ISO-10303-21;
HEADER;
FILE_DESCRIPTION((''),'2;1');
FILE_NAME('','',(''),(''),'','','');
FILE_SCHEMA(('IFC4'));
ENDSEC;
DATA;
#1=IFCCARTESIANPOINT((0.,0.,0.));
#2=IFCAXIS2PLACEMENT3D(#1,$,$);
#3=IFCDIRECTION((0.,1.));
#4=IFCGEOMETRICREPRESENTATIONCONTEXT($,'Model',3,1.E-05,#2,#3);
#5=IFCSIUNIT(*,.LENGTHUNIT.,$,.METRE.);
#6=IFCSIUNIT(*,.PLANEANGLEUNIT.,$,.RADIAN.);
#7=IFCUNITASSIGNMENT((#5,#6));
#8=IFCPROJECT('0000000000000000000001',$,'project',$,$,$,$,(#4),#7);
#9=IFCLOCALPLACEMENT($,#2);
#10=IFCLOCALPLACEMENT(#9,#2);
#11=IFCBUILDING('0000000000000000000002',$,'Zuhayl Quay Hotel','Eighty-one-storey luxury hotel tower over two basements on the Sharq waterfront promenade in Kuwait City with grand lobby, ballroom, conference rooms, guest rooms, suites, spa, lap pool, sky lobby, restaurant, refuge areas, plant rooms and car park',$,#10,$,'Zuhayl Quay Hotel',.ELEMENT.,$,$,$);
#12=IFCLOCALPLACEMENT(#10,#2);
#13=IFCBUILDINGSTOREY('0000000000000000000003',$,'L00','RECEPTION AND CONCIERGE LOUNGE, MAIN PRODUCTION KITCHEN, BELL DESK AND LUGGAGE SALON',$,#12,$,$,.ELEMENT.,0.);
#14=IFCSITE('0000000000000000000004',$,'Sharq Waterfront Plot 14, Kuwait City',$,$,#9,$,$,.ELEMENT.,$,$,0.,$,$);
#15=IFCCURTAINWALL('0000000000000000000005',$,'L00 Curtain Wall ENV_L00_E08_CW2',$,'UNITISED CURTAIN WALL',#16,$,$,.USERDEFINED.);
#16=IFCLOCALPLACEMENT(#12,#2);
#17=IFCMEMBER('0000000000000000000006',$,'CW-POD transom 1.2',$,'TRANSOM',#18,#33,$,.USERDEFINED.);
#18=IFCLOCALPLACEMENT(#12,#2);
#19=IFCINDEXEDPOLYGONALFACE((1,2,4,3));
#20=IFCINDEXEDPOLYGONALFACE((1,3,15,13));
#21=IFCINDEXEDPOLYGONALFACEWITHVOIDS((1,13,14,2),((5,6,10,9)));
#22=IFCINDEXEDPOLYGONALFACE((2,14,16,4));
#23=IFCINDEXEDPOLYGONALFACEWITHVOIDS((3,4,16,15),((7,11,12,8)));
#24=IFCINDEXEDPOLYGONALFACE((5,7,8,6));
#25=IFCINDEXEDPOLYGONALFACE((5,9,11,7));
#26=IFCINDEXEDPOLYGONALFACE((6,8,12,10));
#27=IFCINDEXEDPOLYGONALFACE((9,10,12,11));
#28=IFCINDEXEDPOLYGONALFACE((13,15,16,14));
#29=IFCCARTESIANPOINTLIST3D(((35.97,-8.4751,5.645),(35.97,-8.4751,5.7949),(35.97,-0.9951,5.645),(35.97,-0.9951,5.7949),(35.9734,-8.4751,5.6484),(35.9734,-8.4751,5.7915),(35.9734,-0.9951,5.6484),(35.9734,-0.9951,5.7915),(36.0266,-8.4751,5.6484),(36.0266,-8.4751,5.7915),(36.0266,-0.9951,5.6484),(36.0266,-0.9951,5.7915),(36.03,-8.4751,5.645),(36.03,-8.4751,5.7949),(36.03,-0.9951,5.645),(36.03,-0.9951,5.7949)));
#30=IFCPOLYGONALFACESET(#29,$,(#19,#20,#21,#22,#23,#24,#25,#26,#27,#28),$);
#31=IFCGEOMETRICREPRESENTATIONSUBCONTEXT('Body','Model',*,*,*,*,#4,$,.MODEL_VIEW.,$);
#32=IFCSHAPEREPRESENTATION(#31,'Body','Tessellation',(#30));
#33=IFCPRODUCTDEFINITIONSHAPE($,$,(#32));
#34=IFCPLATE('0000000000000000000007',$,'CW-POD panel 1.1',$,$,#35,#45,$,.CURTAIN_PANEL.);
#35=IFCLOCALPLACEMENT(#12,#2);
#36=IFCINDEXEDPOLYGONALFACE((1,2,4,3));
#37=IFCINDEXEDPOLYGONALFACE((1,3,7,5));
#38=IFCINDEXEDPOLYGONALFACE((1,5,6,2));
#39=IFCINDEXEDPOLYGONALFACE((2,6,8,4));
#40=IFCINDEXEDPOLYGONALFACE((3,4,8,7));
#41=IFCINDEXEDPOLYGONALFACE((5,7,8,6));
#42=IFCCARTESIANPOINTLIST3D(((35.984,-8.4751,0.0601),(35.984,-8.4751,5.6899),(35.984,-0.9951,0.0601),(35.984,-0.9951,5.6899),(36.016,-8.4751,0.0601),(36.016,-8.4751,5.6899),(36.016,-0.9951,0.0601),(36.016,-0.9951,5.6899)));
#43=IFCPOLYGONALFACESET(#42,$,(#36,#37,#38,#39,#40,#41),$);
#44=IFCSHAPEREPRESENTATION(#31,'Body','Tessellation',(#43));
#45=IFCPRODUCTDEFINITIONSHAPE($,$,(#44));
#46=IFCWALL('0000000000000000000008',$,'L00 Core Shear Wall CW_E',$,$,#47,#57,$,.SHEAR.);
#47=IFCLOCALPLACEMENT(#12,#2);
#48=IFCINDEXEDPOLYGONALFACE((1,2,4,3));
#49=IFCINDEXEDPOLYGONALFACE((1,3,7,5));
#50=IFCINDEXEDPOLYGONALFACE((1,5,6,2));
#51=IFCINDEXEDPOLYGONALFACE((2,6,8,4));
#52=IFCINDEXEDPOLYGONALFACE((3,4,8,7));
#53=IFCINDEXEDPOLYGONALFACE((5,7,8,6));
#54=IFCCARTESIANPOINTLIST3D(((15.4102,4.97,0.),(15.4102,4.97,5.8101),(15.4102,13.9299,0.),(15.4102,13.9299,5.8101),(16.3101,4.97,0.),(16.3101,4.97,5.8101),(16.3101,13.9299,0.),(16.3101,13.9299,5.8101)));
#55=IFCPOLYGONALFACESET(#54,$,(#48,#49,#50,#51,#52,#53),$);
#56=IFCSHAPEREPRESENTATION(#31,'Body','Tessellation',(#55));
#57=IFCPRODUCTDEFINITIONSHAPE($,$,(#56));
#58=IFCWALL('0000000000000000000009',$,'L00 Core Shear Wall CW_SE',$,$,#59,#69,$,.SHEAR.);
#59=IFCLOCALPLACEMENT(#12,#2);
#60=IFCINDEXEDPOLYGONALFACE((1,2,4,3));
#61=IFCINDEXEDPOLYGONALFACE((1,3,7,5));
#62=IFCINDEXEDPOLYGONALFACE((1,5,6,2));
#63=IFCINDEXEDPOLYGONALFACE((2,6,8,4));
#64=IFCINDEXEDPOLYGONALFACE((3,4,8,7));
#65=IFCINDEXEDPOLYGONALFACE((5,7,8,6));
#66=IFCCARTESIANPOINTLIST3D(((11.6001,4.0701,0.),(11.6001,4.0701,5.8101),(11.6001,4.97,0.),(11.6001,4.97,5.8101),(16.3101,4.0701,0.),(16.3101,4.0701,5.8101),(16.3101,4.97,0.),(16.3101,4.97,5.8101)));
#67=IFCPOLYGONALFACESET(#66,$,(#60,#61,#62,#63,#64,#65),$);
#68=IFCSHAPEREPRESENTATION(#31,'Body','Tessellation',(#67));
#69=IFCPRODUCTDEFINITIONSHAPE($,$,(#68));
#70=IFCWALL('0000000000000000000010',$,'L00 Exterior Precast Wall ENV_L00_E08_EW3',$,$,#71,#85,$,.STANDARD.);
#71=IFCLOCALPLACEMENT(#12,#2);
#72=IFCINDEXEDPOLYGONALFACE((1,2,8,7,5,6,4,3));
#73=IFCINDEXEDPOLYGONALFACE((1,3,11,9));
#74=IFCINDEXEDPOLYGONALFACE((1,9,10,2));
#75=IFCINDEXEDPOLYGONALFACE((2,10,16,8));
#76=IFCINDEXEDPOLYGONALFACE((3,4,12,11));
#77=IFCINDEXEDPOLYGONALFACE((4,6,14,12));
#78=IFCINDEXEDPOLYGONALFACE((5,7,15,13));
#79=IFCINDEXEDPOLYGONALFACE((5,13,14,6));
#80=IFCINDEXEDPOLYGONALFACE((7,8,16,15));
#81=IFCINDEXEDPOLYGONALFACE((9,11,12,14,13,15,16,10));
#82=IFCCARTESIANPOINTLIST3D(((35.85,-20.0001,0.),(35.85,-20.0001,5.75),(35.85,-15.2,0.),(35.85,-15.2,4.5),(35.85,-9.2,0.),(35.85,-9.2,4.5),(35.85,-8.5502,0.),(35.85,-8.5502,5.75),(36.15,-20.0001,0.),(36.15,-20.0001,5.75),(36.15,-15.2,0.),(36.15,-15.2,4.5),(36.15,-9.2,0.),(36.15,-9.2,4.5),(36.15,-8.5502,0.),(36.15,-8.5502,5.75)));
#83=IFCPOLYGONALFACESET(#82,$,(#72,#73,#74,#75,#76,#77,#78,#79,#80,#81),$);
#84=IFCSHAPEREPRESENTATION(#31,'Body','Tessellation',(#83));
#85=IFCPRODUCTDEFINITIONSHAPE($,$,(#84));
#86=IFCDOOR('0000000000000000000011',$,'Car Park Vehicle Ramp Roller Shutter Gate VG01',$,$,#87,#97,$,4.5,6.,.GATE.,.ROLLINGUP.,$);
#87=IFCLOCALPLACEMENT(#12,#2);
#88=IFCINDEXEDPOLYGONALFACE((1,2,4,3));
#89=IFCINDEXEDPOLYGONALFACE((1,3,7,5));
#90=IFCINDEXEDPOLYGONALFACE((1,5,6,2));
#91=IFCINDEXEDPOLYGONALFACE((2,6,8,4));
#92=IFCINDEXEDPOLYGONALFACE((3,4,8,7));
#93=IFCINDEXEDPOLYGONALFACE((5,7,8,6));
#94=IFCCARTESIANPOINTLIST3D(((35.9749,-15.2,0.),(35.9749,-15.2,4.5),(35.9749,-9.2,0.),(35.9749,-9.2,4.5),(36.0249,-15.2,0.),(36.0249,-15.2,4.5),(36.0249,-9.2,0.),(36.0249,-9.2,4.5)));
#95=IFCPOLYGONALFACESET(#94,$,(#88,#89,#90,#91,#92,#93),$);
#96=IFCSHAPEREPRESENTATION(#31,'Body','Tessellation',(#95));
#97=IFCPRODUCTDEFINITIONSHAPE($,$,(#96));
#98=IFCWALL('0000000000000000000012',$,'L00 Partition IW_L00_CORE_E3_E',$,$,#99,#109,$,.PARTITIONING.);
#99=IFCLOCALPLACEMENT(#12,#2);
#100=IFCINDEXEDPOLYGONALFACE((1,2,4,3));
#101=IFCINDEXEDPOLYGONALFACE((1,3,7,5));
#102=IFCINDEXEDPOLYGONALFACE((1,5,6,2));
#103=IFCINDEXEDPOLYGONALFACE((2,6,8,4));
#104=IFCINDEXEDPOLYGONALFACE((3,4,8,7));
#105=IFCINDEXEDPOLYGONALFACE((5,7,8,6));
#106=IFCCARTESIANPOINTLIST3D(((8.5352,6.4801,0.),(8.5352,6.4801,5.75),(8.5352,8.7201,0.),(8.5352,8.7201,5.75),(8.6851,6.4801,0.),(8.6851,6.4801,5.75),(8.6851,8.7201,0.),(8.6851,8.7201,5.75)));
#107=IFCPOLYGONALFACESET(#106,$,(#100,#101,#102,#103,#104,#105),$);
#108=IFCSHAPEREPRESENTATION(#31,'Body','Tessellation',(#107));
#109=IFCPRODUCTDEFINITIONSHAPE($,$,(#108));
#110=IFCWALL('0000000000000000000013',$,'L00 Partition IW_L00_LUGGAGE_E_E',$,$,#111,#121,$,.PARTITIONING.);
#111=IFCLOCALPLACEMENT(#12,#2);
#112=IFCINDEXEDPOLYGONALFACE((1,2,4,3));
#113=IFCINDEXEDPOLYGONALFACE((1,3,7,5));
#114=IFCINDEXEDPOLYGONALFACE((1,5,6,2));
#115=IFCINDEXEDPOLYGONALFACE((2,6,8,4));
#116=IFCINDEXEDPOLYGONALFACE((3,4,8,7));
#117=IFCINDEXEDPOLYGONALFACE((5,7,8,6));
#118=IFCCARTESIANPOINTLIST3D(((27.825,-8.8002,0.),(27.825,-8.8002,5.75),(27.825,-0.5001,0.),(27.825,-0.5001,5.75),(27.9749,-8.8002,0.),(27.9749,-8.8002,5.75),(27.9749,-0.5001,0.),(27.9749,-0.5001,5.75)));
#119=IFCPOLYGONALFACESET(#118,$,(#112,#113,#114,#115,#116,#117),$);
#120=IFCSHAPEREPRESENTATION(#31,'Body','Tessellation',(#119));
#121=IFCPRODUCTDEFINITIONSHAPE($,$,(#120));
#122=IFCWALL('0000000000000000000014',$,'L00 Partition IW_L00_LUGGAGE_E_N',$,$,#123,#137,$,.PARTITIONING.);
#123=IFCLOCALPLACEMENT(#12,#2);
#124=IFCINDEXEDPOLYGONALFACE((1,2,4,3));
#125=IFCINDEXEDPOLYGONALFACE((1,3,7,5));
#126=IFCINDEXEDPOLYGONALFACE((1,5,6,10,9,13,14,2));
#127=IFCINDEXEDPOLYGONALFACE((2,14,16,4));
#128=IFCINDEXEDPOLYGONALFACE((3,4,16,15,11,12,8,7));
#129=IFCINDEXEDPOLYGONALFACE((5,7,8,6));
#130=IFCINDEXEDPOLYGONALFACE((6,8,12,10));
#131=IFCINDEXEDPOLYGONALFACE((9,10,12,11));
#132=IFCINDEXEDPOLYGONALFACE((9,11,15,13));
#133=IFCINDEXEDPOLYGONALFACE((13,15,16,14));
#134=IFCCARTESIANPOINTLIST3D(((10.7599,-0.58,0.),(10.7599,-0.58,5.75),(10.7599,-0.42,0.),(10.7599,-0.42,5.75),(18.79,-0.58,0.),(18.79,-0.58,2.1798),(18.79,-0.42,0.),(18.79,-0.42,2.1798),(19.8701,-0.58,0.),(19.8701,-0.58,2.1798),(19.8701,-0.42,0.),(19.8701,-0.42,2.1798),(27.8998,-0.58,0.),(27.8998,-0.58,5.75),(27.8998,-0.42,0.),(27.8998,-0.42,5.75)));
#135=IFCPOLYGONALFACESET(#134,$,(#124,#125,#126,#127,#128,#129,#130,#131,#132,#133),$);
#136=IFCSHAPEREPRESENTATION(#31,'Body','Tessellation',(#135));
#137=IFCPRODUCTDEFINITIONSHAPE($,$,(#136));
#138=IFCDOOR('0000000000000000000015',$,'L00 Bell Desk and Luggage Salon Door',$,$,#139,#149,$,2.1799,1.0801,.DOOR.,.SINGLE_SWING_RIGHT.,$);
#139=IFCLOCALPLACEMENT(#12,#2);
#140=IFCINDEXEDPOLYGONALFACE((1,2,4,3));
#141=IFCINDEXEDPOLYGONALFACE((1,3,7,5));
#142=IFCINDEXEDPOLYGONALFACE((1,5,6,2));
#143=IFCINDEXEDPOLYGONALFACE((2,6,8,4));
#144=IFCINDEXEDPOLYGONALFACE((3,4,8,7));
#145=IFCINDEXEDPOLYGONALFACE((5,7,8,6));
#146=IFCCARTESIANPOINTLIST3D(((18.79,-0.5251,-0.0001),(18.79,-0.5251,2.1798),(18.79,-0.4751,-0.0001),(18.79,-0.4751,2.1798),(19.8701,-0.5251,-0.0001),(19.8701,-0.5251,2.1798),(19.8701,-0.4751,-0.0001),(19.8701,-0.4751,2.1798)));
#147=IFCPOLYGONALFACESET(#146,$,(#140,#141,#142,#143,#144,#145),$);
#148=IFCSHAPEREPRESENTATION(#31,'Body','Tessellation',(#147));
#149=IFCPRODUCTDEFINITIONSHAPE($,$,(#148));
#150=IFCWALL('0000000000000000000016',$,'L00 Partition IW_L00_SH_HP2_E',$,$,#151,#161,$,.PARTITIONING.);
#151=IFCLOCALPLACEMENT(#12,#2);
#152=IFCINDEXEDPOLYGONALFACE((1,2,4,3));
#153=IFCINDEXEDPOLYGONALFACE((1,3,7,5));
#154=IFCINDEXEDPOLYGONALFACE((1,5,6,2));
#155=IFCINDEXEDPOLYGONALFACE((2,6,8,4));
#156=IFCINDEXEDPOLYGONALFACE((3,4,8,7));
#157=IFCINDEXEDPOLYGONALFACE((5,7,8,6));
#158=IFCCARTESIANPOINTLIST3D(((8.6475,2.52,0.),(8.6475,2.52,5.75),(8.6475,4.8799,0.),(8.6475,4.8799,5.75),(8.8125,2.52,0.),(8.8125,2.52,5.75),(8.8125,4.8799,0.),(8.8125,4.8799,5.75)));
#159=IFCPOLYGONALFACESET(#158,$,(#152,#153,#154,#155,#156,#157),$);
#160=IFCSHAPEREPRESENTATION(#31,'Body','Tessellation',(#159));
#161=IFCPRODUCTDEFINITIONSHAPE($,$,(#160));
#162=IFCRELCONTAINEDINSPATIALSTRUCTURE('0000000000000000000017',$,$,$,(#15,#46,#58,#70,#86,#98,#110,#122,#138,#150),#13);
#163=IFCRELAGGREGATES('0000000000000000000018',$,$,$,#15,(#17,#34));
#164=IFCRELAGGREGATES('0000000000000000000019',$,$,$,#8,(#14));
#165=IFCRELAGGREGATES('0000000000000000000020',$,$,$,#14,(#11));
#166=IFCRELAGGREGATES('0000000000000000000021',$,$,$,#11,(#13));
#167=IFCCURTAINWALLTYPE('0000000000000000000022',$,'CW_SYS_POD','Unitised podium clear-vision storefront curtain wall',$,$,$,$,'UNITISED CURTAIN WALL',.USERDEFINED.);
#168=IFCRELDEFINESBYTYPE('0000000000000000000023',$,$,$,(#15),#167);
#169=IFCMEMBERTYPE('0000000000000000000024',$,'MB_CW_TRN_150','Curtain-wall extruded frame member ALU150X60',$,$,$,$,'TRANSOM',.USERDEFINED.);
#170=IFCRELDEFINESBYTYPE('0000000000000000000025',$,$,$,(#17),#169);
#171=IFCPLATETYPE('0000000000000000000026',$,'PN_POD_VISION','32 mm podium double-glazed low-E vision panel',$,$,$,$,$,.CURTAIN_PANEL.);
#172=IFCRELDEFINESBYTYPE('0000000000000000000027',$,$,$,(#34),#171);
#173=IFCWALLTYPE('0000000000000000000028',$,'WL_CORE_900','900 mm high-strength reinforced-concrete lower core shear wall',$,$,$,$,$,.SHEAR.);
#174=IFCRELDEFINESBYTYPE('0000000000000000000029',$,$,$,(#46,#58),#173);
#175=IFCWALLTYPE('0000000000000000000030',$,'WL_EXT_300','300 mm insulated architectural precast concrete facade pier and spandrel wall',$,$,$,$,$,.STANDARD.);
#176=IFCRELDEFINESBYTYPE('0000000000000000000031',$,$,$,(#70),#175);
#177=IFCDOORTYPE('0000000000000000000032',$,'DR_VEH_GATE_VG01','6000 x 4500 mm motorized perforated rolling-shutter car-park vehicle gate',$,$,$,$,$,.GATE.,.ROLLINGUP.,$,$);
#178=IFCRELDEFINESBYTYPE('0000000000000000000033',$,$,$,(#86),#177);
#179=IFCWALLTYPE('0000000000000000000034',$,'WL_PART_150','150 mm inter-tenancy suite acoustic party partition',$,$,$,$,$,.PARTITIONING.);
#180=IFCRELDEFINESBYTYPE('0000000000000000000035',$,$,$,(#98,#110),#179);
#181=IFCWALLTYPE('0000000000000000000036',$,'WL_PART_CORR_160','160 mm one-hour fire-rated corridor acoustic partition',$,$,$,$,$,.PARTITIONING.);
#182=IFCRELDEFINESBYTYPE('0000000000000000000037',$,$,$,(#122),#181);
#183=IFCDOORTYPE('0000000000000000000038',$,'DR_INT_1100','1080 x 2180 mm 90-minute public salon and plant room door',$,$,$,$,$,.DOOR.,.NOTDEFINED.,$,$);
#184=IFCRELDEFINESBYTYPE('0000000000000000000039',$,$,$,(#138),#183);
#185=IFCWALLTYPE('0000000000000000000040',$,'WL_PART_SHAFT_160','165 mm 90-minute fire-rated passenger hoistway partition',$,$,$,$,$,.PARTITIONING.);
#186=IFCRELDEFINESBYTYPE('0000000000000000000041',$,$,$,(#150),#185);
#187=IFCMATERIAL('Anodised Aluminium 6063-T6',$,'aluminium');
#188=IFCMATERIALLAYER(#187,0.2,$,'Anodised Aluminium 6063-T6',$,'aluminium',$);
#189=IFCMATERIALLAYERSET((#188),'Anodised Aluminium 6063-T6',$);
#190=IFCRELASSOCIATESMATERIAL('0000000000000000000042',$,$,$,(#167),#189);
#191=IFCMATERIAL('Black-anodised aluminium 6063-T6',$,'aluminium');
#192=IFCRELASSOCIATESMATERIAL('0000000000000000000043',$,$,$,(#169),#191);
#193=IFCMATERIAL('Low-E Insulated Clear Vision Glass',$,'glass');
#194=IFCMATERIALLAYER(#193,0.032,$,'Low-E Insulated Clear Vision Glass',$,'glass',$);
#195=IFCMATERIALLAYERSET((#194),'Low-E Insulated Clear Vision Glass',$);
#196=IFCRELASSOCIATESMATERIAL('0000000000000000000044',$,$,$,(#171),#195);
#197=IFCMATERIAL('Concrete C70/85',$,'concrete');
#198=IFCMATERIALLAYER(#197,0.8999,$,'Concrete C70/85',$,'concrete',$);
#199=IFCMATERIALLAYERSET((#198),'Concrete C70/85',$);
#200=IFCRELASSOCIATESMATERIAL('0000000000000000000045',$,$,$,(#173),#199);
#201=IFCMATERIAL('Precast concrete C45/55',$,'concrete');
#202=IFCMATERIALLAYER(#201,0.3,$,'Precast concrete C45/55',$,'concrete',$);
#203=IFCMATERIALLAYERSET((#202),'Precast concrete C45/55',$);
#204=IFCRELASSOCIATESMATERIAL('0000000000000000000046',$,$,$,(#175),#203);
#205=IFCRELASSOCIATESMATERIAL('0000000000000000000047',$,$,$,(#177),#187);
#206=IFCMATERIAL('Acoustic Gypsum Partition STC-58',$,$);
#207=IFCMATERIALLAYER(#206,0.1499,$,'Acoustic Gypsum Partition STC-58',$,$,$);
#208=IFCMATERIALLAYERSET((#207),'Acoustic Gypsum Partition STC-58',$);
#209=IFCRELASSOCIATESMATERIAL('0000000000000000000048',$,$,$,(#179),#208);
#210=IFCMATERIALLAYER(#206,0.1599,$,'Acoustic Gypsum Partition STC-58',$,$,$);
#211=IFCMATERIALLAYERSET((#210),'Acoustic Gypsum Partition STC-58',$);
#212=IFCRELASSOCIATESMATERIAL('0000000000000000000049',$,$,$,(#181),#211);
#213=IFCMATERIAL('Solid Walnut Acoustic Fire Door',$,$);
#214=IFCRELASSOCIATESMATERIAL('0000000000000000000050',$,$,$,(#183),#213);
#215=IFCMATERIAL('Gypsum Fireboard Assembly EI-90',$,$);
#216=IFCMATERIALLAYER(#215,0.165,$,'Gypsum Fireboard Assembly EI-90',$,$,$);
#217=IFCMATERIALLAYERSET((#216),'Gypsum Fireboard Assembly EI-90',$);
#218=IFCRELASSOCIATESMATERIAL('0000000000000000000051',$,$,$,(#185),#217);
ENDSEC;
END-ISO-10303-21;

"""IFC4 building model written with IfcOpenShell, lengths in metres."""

from ifc_helpers import new_model, si_unit, direction, frame, frame_2d, origin, origin_2d, place, context, subcontext, project, spatial, rectangle, hollow_rectangle, extrude, material, layer, layer_set, material_profile, profile_set, type_object, element, fill, aggregate, save


model = new_model("IFC4")

# Units and contexts
model_context = context("Model", 3, precision=1e-05, world=origin(), true_north=direction((0.0, 1.0)))
body_context = subcontext(model_context, "Body", "Model", "MODEL_VIEW")
ifc_project = project(units=[si_unit("LENGTHUNIT", "METRE"), si_unit("PLANEANGLEUNIT", "RADIAN")], contexts=[model_context])

# Site, building, storey
site_placement = place(None, origin())
site = spatial("IfcSite", under=ifc_project, at=site_placement, Name="Sharq Waterfront Plot 14, Kuwait City", CompositionType="ELEMENT", RefElevation=0.0)
building_placement = place(site_placement, origin())
building = spatial("IfcBuilding", under=site, at=building_placement, Name="Zuhayl Quay Hotel", Description="Eighty-one-storey luxury hotel tower over two basements on the Sharq waterfront promenade in Kuwait City with grand lobby, ballroom, conference rooms, guest rooms, suites, spa, lap pool, sky lobby, restaurant, refuge areas, plant rooms and car park", LongName="Zuhayl Quay Hotel", CompositionType="ELEMENT")
storey_placement = place(building_placement, origin())
storey = spatial("IfcBuildingStorey", under=building, at=storey_placement, Name="L00", Description="RECEPTION AND CONCIERGE LOUNGE, MAIN PRODUCTION KITCHEN, BELL DESK AND LUGGAGE SALON", CompositionType="ELEMENT", Elevation=0.0)

# Shared definitions
ifc_material_1 = material(Name="Concrete C70/85", Category="concrete")

# Curtain wall, member, plate
ifc_material_2 = material(Name="Anodised Aluminium 6063-T6", Category="aluminium")
ifc_layer_1 = layer(ifc_material_2, 0.2, Name="Anodised Aluminium 6063-T6", Category="aluminium")
ifc_layer_set_1 = layer_set([ifc_layer_1], Name="Anodised Aluminium 6063-T6")
curtain_wall_type = type_object("IfcCurtainWallType", Name="CW_SYS_POD", Description="Unitised podium clear-vision storefront curtain wall", ElementType="UNITISED CURTAIN WALL", PredefinedType="USERDEFINED", material=ifc_layer_set_1)
curtain_wall_placement = place(storey_placement, origin())
curtain_wall = element("IfcCurtainWall", 1, at=curtain_wall_placement, inside=storey, type_object=curtain_wall_type, Name="L00 Curtain Wall ENV_L00_E08_CW2", ObjectType="UNITISED CURTAIN WALL", PredefinedType="USERDEFINED")
ifc_material_3 = material(Name="Black-anodised aluminium 6063-T6", Category="aluminium")
ifc_material_profile_1 = material_profile(ifc_material_3, hollow_rectangle(XDim=0.0601, YDim=0.1499, WallThickness=0.0034, at=origin_2d()), Name="ALU150X60")
ifc_profile_set_1 = profile_set([ifc_material_profile_1], Name="Black-anodised aluminium 6063-T6")
member_type_1 = type_object("IfcMemberType", Name="MB_CW_TRN_150", Description="Curtain-wall extruded frame member ALU150X60", ElementType="TRANSOM", PredefinedType="USERDEFINED", material=ifc_profile_set_1)
member_1_placement = place(storey_placement, frame((36.0, -0.9951, 5.72), z_axis=(0.0, -1.0, 0.0), x_axis=(1.0, 0.0, 0.0)))
member_1 = element("IfcMember", 2, at=member_1_placement, type_object=member_type_1, Name="CW-POD transom 1.2", ObjectType="TRANSOM", PredefinedType="USERDEFINED", context=body_context, shape_type="SweptSolid", body=[
    extrude(hollow_rectangle(XDim=0.0601, YDim=0.1499, WallThickness=0.0034, at=origin_2d()), origin(), (0.0, 0.0, 1.0), 7.48),
])
ifc_material_4 = material(Name="Low-E Insulated Clear Vision Glass", Category="glass")
ifc_layer_2 = layer(ifc_material_4, 0.032, Name="Low-E Insulated Clear Vision Glass", Category="glass")
ifc_layer_set_2 = layer_set([ifc_layer_2], Name="Low-E Insulated Clear Vision Glass")
plate_type = type_object("IfcPlateType", Name="PN_POD_VISION", Description="32 mm podium double-glazed low-E vision panel", PredefinedType="CURTAIN_PANEL", material=ifc_layer_set_2)
plate_placement = place(storey_placement, frame((36.0, -4.7351, 0.0601), z_axis=(0.0, 0.0, 1.0), x_axis=(0.0, -1.0, 0.0)))
plate = element("IfcPlate", 3, at=plate_placement, type_object=plate_type, Name="CW-POD panel 1.1", PredefinedType="CURTAIN_PANEL", context=body_context, shape_type="SweptSolid", body=[
    extrude(rectangle(XDim=7.48, YDim=0.032, at=origin_2d()), origin(), (0.0, 0.0, 1.0), 5.6299),
])
aggregate(curtain_wall, [member_1, plate])

# Walls
ifc_layer_3 = layer(ifc_material_1, 0.8999, Name="Concrete C70/85", Category="concrete")
ifc_layer_set_3 = layer_set([ifc_layer_3], Name="Concrete C70/85")
wall_type_1 = type_object("IfcWallType", Name="WL_CORE_900", Description="900 mm high-strength reinforced-concrete lower core shear wall", PredefinedType="SHEAR", material=ifc_layer_set_3)
wall_1_placement = place(storey_placement, frame((15.8601, 4.97, 0.0), z_axis=(0.0, 0.0, 1.0), x_axis=(0.0, 1.0, 0.0)))
element("IfcWall", 4, at=wall_1_placement, inside=storey, type_object=wall_type_1, Name="L00 Core Shear Wall CW_E", PredefinedType="SHEAR", context=body_context, shape_type="SweptSolid", body=[
    extrude(rectangle(XDim=8.96, YDim=0.8999, at=frame_2d((4.48, 0.0))), origin(), (0.0, 0.0, 1.0), 5.8101),
])
wall_2_placement = place(storey_placement, frame((11.6001, 4.52, 0.0), z_axis=(0.0, 0.0, 1.0), x_axis=(1.0, 0.0, 0.0)))
element("IfcWall", 5, at=wall_2_placement, inside=storey, type_object=wall_type_1, Name="L00 Core Shear Wall CW_SE", PredefinedType="SHEAR", context=body_context, shape_type="SweptSolid", body=[
    extrude(rectangle(XDim=4.71, YDim=0.8999, at=frame_2d((2.355, 0.0))), origin(), (0.0, 0.0, 1.0), 5.8101),
])

# Wall, opening, door
ifc_material_5 = material(Name="Precast concrete C45/55", Category="concrete")
ifc_layer_4 = layer(ifc_material_5, 0.3, Name="Precast concrete C45/55", Category="concrete")
ifc_layer_set_4 = layer_set([ifc_layer_4], Name="Precast concrete C45/55")
wall_type_2 = type_object("IfcWallType", Name="WL_EXT_300", Description="300 mm insulated architectural precast concrete facade pier and spandrel wall", PredefinedType="STANDARD", material=ifc_layer_set_4)
wall_3_placement = place(storey_placement, frame((36.0, -8.55, 0.0), z_axis=(0.0, 0.0, 1.0), x_axis=(0.0, -1.0, 0.0)))
wall_3 = element("IfcWall", 6, at=wall_3_placement, inside=storey, type_object=wall_type_2, Name="L00 Exterior Precast Wall ENV_L00_E08_EW3", PredefinedType="STANDARD", context=body_context, shape_type="SweptSolid", body=[
    extrude(rectangle(XDim=11.45, YDim=0.3, at=frame_2d((5.7251, 0.0))), origin(), (0.0, 0.0, 1.0), 5.75),
])
opening_1_placement = place(wall_3_placement, frame((0.6499, 0.0, 0.0)))
opening_1 = element("IfcOpeningElement", 7, at=opening_1_placement, cuts=wall_3, PredefinedType="OPENING", context=body_context, shape_type="SweptSolid", body=[
    extrude(rectangle(XDim=6.0, YDim=4.5, at=frame_2d((3.0, 2.25))), frame((0.0, 0.1599, 0.0), z_axis=(0.0, -1.0, 0.0), x_axis=(1.0, 0.0, 0.0)), (0.0, 0.0, 1.0), 0.3201),
])
door_type_1 = type_object("IfcDoorType", Name="DR_VEH_GATE_VG01", Description="6000 x 4500 mm motorized perforated rolling-shutter car-park vehicle gate", OperationType="ROLLINGUP", PredefinedType="GATE", material=ifc_material_2)
door_1_placement = place(opening_1_placement, origin())
door_1 = element("IfcDoor", 8, at=door_1_placement, inside=storey, type_object=door_type_1, Name="Car Park Vehicle Ramp Roller Shutter Gate VG01", OperationType="ROLLINGUP", OverallHeight=4.5, OverallWidth=6.0, PredefinedType="GATE", context=body_context, shape_type="SweptSolid", body=[
    extrude(rectangle(XDim=6.0, YDim=4.5, at=frame_2d((3.0, 2.25))), frame((0.0, 0.0249, 0.0), z_axis=(0.0, -1.0, 0.0), x_axis=(1.0, 0.0, 0.0)), (0.0, 0.0, 1.0), 0.05),
])
fill(opening_1, door_1)

# Walls
ifc_material_6 = material(Name="Acoustic Gypsum Partition STC-58")
ifc_layer_5 = layer(ifc_material_6, 0.1499, Name="Acoustic Gypsum Partition STC-58")
ifc_layer_set_5 = layer_set([ifc_layer_5], Name="Acoustic Gypsum Partition STC-58")
wall_type_3 = type_object("IfcWallType", Name="WL_PART_150", Description="150 mm inter-tenancy suite acoustic party partition", PredefinedType="PARTITIONING", material=ifc_layer_set_5)
wall_4_placement = place(storey_placement, frame((8.6101, 6.48, 0.0), z_axis=(0.0, 0.0, 1.0), x_axis=(0.0, 1.0, 0.0)))
element("IfcWall", 9, at=wall_4_placement, inside=storey, type_object=wall_type_3, Name="L00 Partition IW_L00_CORE_E3_E", PredefinedType="PARTITIONING", context=body_context, shape_type="SweptSolid", body=[
    extrude(rectangle(XDim=2.24, YDim=0.1499, at=frame_2d((1.1201, 0.0))), origin(), (0.0, 0.0, 1.0), 5.75),
])
wall_5_placement = place(storey_placement, frame((27.8999, -8.8, 0.0), z_axis=(0.0, 0.0, 1.0), x_axis=(0.0, 1.0, 0.0)))
element("IfcWall", 10, at=wall_5_placement, inside=storey, type_object=wall_type_3, Name="L00 Partition IW_L00_LUGGAGE_E_E", PredefinedType="PARTITIONING", context=body_context, shape_type="SweptSolid", body=[
    extrude(rectangle(XDim=8.3, YDim=0.1499, at=frame_2d((4.1499, 0.0))), origin(), (0.0, 0.0, 1.0), 5.75),
])

# Wall, opening, door
ifc_layer_6 = layer(ifc_material_6, 0.1599, Name="Acoustic Gypsum Partition STC-58")
ifc_layer_set_6 = layer_set([ifc_layer_6], Name="Acoustic Gypsum Partition STC-58")
wall_type_4 = type_object("IfcWallType", Name="WL_PART_CORR_160", Description="160 mm one-hour fire-rated corridor acoustic partition", PredefinedType="PARTITIONING", material=ifc_layer_set_6)
wall_6_placement = place(storey_placement, frame((10.76, -0.5, 0.0), z_axis=(0.0, 0.0, 1.0), x_axis=(1.0, 0.0, 0.0)))
wall_6 = element("IfcWall", 11, at=wall_6_placement, inside=storey, type_object=wall_type_4, Name="L00 Partition IW_L00_LUGGAGE_E_N", PredefinedType="PARTITIONING", context=body_context, shape_type="SweptSolid", body=[
    extrude(rectangle(XDim=17.1399, YDim=0.1599, at=frame_2d((8.5698, 0.0))), origin(), (0.0, 0.0, 1.0), 5.75),
])
opening_2_placement = place(wall_6_placement, frame((8.03, 0.0, 0.0)))
opening_2 = element("IfcOpeningElement", 12, at=opening_2_placement, cuts=wall_6, PredefinedType="OPENING", context=body_context, shape_type="SweptSolid", body=[
    extrude(rectangle(XDim=1.0801, YDim=2.1799, at=frame_2d((0.54, 1.0898))), frame((0.0, 0.0898, 0.0), z_axis=(0.0, -1.0, 0.0), x_axis=(1.0, 0.0, 0.0)), (0.0, 0.0, 1.0), 0.1799),
])
ifc_material_7 = material(Name="Solid Walnut Acoustic Fire Door")
door_type_2 = type_object("IfcDoorType", Name="DR_INT_1100", Description="1080 x 2180 mm 90-minute public salon and plant room door", OperationType="NOTDEFINED", PredefinedType="DOOR", material=ifc_material_7)
door_2_placement = place(opening_2_placement, origin())
door_2 = element("IfcDoor", 13, at=door_2_placement, inside=storey, type_object=door_type_2, Name="L00 Bell Desk and Luggage Salon Door", OperationType="SINGLE_SWING_RIGHT", OverallHeight=2.1799, OverallWidth=1.0801, PredefinedType="DOOR", context=body_context, shape_type="SweptSolid", body=[
    extrude(rectangle(XDim=1.0801, YDim=2.1799, at=frame_2d((0.54, 1.0898))), frame((0.0, 0.0249, 0.0), z_axis=(0.0, -1.0, 0.0), x_axis=(1.0, 0.0, 0.0)), (0.0, 0.0, 1.0), 0.05),
])
fill(opening_2, door_2)

# Wall
ifc_material_8 = material(Name="Gypsum Fireboard Assembly EI-90")
ifc_layer_7 = layer(ifc_material_8, 0.165, Name="Gypsum Fireboard Assembly EI-90")
ifc_layer_set_7 = layer_set([ifc_layer_7], Name="Gypsum Fireboard Assembly EI-90")
wall_type_5 = type_object("IfcWallType", Name="WL_PART_SHAFT_160", Description="165 mm 90-minute fire-rated passenger hoistway partition", PredefinedType="PARTITIONING", material=ifc_layer_set_7)
wall_7_placement = place(storey_placement, frame((8.73, 2.52, 0.0), z_axis=(0.0, 0.0, 1.0), x_axis=(0.0, 1.0, 0.0)))
element("IfcWall", 14, at=wall_7_placement, inside=storey, type_object=wall_type_5, Name="L00 Partition IW_L00_SH_HP2_E", PredefinedType="PARTITIONING", context=body_context, shape_type="SweptSolid", body=[
    extrude(rectangle(XDim=2.3599, YDim=0.165, at=frame_2d((1.1799, 0.0))), origin(), (0.0, 0.0, 1.0), 5.75),
])

save(model, "model.ifc")
